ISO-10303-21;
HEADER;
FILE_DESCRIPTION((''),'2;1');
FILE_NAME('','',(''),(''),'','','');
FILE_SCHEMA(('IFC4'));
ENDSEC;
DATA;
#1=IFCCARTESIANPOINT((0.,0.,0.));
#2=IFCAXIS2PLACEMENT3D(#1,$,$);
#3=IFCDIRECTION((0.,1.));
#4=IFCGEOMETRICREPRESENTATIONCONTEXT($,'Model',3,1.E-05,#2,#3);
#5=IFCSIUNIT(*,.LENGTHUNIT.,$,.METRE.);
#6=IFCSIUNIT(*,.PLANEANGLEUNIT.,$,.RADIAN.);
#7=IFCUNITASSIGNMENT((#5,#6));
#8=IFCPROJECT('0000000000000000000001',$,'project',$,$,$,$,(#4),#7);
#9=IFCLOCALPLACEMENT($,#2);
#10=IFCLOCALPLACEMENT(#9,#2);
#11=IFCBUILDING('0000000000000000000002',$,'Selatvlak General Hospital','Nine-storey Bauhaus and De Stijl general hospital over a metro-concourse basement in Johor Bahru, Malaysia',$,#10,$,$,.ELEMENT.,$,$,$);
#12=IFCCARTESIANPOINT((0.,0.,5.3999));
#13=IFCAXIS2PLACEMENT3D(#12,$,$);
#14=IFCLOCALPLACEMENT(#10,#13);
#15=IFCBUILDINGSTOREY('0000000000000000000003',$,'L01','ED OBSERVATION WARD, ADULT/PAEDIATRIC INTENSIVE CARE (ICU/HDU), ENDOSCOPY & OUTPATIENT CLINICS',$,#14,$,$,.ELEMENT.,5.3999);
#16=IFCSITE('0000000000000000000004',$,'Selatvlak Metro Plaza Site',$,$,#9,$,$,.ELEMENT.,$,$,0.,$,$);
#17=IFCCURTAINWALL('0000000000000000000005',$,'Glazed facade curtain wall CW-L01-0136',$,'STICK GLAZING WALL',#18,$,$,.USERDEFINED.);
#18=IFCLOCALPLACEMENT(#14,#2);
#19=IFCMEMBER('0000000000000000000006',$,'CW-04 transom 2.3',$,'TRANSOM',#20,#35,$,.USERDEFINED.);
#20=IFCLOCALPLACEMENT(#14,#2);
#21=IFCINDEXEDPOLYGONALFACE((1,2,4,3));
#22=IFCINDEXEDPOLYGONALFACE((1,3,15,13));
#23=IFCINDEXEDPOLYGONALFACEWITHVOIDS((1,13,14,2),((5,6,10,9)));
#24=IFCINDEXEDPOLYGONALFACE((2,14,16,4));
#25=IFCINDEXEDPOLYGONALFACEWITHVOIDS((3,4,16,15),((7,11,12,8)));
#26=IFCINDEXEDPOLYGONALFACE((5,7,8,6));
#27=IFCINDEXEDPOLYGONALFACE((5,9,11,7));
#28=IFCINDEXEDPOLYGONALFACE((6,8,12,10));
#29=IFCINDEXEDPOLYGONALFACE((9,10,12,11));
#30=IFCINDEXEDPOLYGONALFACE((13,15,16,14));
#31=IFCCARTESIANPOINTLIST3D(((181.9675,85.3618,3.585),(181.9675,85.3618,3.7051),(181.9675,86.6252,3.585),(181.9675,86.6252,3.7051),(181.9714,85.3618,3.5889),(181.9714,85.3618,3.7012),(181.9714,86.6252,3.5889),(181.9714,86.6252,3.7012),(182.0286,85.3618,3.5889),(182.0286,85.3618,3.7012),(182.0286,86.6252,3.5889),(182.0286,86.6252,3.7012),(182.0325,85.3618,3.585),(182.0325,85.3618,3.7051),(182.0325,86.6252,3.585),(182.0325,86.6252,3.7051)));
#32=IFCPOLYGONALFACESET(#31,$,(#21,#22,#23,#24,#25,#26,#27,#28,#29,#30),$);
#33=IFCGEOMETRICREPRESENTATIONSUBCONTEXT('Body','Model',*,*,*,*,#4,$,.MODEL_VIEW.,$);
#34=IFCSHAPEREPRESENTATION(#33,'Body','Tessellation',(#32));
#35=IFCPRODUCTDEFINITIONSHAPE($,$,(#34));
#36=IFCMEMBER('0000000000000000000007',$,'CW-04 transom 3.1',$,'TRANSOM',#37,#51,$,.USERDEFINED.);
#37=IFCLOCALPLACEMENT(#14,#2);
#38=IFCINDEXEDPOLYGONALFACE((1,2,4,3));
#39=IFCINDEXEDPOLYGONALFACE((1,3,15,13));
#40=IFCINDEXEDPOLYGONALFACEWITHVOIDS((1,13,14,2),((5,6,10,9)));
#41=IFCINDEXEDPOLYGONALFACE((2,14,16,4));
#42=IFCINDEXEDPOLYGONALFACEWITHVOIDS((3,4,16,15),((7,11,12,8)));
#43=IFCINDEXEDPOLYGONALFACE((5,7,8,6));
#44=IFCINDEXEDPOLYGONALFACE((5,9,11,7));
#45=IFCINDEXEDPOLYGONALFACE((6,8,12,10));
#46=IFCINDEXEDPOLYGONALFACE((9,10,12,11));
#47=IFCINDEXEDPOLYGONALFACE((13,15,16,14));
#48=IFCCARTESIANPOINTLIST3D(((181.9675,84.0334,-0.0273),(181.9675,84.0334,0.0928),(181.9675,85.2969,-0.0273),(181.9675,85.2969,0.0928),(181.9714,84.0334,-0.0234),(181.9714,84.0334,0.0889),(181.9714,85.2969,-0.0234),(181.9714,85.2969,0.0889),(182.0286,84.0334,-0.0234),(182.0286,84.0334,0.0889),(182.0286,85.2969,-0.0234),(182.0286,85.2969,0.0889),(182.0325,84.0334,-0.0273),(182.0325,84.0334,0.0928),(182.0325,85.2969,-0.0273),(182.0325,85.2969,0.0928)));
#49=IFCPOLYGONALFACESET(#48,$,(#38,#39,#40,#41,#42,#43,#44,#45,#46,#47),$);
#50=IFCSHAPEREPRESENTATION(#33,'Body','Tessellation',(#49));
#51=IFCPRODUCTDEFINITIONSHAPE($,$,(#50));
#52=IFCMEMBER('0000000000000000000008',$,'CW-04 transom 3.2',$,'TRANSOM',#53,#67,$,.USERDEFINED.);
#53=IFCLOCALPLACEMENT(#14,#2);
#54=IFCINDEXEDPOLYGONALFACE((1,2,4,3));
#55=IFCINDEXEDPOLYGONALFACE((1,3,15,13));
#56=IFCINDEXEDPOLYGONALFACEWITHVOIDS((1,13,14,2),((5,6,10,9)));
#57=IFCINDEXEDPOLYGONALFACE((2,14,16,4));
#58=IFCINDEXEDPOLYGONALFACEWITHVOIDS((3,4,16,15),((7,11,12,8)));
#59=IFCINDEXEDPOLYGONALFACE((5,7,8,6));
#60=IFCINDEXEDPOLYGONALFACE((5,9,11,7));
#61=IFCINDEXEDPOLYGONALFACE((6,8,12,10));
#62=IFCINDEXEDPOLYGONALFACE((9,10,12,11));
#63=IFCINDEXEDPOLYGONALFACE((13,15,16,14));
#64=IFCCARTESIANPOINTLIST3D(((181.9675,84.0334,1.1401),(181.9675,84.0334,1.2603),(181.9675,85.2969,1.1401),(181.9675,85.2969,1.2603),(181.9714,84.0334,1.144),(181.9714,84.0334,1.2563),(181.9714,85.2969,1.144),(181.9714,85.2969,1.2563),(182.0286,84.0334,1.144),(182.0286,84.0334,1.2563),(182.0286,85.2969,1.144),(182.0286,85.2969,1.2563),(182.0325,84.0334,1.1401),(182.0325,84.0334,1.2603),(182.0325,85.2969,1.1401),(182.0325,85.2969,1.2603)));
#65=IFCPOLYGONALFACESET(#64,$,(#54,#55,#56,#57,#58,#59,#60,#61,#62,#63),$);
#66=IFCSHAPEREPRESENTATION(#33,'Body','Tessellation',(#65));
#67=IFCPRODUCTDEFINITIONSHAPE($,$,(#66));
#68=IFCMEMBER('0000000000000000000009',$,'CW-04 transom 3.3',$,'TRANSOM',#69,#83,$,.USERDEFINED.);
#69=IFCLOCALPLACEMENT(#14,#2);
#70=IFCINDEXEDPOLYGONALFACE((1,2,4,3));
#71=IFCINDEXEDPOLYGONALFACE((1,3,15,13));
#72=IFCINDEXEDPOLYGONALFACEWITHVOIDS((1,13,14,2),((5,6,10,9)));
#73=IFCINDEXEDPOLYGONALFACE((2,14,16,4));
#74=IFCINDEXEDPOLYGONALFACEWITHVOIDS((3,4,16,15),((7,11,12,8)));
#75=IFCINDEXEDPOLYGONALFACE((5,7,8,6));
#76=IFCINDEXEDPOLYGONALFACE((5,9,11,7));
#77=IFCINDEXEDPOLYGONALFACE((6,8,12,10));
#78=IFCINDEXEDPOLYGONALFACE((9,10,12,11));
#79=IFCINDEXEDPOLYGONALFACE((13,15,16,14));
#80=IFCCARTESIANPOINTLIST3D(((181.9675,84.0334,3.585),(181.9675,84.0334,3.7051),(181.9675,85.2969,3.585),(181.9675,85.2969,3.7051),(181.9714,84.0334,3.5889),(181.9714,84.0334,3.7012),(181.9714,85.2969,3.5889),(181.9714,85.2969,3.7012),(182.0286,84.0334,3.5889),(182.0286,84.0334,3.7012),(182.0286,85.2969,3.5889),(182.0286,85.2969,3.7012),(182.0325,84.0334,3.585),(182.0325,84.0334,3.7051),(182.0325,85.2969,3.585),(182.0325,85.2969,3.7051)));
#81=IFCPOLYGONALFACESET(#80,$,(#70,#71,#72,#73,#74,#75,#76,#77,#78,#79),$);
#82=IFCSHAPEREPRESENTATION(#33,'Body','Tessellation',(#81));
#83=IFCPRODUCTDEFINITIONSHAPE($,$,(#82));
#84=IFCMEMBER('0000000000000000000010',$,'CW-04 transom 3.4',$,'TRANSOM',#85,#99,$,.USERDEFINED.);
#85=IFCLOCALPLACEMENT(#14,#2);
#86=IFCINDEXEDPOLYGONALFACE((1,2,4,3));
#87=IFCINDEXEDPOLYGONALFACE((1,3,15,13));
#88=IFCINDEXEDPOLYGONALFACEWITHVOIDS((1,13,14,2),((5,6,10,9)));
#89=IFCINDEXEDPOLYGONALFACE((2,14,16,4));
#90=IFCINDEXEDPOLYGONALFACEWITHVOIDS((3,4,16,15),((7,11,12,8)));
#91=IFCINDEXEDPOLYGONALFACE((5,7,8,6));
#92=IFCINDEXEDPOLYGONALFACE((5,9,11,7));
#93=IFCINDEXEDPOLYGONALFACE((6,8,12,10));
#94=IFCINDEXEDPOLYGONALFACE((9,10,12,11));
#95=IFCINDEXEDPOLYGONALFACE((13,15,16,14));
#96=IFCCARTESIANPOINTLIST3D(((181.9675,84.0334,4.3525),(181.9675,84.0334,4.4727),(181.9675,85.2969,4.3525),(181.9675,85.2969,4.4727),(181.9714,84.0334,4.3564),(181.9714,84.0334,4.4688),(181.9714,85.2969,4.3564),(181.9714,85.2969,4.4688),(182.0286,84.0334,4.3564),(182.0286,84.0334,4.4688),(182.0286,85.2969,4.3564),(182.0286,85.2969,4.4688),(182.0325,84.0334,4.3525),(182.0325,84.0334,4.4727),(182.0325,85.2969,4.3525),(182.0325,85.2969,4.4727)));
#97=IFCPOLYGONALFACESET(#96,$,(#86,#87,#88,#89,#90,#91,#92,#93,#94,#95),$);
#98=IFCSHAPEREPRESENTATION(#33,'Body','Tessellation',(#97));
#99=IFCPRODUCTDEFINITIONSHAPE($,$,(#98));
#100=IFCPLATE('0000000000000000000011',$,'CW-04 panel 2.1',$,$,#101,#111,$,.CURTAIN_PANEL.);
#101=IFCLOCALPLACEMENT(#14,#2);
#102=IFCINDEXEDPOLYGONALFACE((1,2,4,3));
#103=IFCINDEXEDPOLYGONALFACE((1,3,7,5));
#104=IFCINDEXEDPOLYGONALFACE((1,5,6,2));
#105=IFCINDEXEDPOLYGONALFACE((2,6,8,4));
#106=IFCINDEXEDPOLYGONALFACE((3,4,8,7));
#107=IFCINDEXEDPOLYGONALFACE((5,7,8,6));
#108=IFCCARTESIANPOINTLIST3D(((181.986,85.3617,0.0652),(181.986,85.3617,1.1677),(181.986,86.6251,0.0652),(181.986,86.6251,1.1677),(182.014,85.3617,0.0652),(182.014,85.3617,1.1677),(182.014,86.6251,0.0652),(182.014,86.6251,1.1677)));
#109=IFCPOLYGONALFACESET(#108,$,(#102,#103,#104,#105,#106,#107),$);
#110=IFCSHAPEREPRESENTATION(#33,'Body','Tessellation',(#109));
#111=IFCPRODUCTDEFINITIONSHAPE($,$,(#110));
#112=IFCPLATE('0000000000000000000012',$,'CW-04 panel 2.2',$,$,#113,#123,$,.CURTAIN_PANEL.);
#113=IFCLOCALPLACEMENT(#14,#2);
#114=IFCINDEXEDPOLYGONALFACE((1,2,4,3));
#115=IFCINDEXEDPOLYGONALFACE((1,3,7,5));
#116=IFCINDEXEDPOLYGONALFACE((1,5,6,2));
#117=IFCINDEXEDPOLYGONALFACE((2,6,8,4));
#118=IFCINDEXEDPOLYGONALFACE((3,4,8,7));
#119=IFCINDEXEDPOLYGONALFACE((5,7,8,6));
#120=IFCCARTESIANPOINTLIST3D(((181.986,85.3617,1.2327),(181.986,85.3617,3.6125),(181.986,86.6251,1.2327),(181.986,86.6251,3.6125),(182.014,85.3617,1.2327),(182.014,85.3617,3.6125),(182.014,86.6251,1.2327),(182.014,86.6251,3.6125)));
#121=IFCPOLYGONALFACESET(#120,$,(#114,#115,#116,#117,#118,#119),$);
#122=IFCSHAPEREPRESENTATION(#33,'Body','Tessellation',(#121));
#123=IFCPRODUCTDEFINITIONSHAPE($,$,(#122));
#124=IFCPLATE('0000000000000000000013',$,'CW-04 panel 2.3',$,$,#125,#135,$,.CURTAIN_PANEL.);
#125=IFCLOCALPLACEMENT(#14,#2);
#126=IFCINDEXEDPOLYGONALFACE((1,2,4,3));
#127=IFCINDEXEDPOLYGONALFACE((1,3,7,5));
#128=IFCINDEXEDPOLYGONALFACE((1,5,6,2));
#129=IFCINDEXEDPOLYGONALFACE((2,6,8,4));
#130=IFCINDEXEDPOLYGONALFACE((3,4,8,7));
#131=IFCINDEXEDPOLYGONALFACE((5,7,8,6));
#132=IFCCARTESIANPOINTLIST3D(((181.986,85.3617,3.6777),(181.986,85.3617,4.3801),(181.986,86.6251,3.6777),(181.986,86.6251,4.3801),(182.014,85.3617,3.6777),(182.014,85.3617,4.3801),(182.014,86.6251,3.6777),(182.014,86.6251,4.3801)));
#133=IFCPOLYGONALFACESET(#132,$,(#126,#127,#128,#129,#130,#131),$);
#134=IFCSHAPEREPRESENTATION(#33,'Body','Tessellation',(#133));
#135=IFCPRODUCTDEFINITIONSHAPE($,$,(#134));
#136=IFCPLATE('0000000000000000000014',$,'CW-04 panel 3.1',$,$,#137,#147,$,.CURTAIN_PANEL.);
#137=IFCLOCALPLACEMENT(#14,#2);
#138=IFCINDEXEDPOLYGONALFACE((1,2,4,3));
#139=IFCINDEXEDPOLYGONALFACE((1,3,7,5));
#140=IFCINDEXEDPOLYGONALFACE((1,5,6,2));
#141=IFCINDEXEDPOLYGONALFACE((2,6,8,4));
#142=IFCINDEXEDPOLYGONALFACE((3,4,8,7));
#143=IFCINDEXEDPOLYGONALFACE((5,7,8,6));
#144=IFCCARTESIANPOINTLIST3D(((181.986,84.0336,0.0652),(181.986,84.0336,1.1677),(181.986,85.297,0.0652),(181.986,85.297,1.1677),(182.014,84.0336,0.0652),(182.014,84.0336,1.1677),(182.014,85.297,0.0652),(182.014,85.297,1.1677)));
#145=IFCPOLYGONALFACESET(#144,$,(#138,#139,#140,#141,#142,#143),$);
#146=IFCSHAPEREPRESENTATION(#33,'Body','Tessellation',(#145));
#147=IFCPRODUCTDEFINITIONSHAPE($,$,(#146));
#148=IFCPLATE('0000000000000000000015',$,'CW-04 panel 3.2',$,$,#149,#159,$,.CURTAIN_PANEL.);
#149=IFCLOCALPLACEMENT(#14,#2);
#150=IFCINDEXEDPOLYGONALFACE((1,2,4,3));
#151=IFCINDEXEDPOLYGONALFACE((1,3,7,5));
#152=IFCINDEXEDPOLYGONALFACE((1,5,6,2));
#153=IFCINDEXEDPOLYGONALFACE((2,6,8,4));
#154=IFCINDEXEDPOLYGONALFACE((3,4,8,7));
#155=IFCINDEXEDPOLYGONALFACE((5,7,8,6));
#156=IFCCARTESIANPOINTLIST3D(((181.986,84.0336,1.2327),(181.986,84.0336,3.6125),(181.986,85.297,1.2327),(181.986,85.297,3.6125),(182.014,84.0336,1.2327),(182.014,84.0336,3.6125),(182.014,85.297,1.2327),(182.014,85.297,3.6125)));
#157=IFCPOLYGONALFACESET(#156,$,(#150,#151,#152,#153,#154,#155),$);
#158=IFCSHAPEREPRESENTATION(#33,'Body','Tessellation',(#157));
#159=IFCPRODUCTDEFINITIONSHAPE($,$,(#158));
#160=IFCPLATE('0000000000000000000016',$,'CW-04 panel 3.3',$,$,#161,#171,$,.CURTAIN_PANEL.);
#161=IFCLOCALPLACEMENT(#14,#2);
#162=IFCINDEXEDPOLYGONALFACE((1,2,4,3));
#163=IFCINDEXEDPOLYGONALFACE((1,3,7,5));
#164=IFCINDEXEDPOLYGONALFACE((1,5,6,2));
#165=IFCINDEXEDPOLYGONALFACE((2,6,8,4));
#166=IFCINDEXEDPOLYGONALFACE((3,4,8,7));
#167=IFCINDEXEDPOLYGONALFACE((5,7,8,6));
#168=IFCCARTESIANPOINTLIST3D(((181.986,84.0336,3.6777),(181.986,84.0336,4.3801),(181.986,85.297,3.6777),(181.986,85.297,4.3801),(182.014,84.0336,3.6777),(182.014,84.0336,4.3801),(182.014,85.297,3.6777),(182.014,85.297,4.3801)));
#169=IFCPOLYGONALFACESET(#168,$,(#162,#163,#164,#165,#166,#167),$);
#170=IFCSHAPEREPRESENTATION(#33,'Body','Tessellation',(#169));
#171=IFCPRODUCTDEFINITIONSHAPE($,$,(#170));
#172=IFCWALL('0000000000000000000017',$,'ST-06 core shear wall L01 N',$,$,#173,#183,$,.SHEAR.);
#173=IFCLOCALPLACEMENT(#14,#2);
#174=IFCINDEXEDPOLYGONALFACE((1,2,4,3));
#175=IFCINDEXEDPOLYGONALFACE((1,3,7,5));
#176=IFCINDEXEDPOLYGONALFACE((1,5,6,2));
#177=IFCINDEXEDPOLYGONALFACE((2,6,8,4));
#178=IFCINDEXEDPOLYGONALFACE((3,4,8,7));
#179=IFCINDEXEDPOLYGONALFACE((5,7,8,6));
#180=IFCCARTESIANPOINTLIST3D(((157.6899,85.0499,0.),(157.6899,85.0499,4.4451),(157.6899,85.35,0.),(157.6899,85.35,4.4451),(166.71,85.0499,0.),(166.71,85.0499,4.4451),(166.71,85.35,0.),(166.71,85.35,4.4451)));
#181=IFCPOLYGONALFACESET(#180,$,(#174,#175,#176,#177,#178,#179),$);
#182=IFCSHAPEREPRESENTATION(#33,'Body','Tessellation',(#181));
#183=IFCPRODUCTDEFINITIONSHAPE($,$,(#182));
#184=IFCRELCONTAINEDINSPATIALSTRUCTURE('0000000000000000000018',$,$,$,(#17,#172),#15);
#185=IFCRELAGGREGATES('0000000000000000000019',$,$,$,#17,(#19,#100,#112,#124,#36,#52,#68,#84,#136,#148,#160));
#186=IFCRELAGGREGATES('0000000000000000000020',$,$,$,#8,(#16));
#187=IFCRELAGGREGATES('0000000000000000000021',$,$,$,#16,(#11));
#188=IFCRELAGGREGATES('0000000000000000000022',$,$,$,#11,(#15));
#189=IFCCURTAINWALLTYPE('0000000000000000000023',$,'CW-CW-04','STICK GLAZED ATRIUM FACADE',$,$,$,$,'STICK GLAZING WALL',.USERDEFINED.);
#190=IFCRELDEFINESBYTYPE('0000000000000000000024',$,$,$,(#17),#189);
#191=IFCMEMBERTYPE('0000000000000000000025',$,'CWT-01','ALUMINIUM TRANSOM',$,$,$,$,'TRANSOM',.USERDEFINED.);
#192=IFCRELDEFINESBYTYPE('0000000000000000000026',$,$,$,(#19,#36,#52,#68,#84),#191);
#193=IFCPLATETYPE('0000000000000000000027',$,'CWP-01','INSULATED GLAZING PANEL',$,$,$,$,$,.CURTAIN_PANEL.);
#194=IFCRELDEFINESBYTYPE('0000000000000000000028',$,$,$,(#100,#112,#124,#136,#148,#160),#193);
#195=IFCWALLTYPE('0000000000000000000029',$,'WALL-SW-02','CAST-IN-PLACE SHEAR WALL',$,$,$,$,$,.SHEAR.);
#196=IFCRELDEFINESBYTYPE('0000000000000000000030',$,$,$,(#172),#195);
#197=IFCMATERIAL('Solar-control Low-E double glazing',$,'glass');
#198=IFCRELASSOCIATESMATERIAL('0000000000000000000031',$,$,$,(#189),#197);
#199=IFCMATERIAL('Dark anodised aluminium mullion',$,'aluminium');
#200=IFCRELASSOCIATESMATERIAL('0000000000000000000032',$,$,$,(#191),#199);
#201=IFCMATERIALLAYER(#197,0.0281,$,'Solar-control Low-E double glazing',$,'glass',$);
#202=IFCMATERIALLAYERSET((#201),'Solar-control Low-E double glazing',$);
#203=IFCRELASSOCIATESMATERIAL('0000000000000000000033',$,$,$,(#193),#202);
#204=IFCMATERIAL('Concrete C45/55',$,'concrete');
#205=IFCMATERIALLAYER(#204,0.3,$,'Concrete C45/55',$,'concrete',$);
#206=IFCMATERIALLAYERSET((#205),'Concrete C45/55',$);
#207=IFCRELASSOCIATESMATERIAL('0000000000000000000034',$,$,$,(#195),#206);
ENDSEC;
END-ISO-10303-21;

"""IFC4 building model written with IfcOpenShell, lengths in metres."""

from ifc_helpers import new_model, si_unit, direction, frame, frame_2d, origin, origin_2d, place, context, subcontext, project, spatial, rectangle, hollow_rectangle, extrude, material, layer, layer_set, material_profile, profile_set, type_object, element, aggregate, save


model = new_model("IFC4")

# Units and contexts
model_context = context("Model", 3, precision=1e-05, world=origin(), true_north=direction((0.0, 1.0)))
body_context = subcontext(model_context, "Body", "Model", "MODEL_VIEW")
ifc_project = project(units=[si_unit("LENGTHUNIT", "METRE"), si_unit("PLANEANGLEUNIT", "RADIAN")], contexts=[model_context])

# Site, building, storey
site_placement = place(None, origin())
site = spatial("IfcSite", under=ifc_project, at=site_placement, Name="Selatvlak Metro Plaza Site", CompositionType="ELEMENT", RefElevation=0.0)
building_placement = place(site_placement, origin())
building = spatial("IfcBuilding", under=site, at=building_placement, Name="Selatvlak General Hospital", Description="Nine-storey Bauhaus and De Stijl general hospital over a metro-concourse basement in Johor Bahru, Malaysia", CompositionType="ELEMENT")
storey_placement = place(building_placement, frame((0.0, 0.0, 5.3999)))
storey = spatial("IfcBuildingStorey", under=building, at=storey_placement, Name="L01", Description="ED OBSERVATION WARD, ADULT/PAEDIATRIC INTENSIVE CARE (ICU/HDU), ENDOSCOPY & OUTPATIENT CLINICS", CompositionType="ELEMENT", Elevation=5.3999)

# Curtain wall, members, plates
ifc_material_1 = material(Name="Solar-control Low-E double glazing", Category="glass")
curtain_wall_type = type_object("IfcCurtainWallType", Name="CW-CW-04", Description="STICK GLAZED ATRIUM FACADE", ElementType="STICK GLAZING WALL", PredefinedType="USERDEFINED", material=ifc_material_1)
curtain_wall_placement = place(storey_placement, origin())
curtain_wall = element("IfcCurtainWall", 1, at=curtain_wall_placement, inside=storey, type_object=curtain_wall_type, Name="Glazed facade curtain wall CW-L01-0136", ObjectType="STICK GLAZING WALL", PredefinedType="USERDEFINED")
ifc_material_2 = material(Name="Dark anodised aluminium mullion", Category="aluminium")
ifc_material_profile_1 = material_profile(ifc_material_2, hollow_rectangle(XDim=0.0649, YDim=0.1201, WallThickness=0.0039, at=origin_2d()), Name="AL-TRN 65x120x4")
ifc_profile_set_1 = profile_set([ifc_material_profile_1], Name="Dark anodised aluminium mullion")
member_type_1 = type_object("IfcMemberType", Name="CWT-01", Description="ALUMINIUM TRANSOM", ElementType="TRANSOM", PredefinedType="USERDEFINED", material=ifc_profile_set_1)
member_1_placement = place(storey_placement, frame((182.0, 86.6252, 3.645), z_axis=(0.0, -1.0, 0.0), x_axis=(1.0, 0.0, 0.0)))
member_1 = element("IfcMember", 2, at=member_1_placement, type_object=member_type_1, Name="CW-04 transom 2.3", ObjectType="TRANSOM", PredefinedType="USERDEFINED", context=body_context, shape_type="SweptSolid", body=[
    extrude(hollow_rectangle(XDim=0.0649, YDim=0.1201, WallThickness=0.0039, at=origin_2d()), origin(), (0.0, 0.0, 1.0), 1.2634),
])
member_2_placement = place(storey_placement, frame((182.0, 85.2969, 0.0327), z_axis=(0.0, -1.0, 0.0), x_axis=(1.0, 0.0, 0.0)))
member_2 = element("IfcMember", 3, at=member_2_placement, type_object=member_type_1, Name="CW-04 transom 3.1", ObjectType="TRANSOM", PredefinedType="USERDEFINED", context=body_context, shape_type="SweptSolid", body=[
    extrude(hollow_rectangle(XDim=0.0649, YDim=0.1201, WallThickness=0.0039, at=origin_2d()), origin(), (0.0, 0.0, 1.0), 1.2634),
])
member_3_placement = place(storey_placement, frame((182.0, 85.2969, 1.2002), z_axis=(0.0, -1.0, 0.0), x_axis=(1.0, 0.0, 0.0)))
member_3 = element("IfcMember", 4, at=member_3_placement, type_object=member_type_1, Name="CW-04 transom 3.2", ObjectType="TRANSOM", PredefinedType="USERDEFINED", context=body_context, shape_type="SweptSolid", body=[
    extrude(hollow_rectangle(XDim=0.0649, YDim=0.1201, WallThickness=0.0039, at=origin_2d()), origin(), (0.0, 0.0, 1.0), 1.2634),
])
member_4_placement = place(storey_placement, frame((182.0, 85.2969, 3.645), z_axis=(0.0, -1.0, 0.0), x_axis=(1.0, 0.0, 0.0)))
member_4 = element("IfcMember", 5, at=member_4_placement, type_object=member_type_1, Name="CW-04 transom 3.3", ObjectType="TRANSOM", PredefinedType="USERDEFINED", context=body_context, shape_type="SweptSolid", body=[
    extrude(hollow_rectangle(XDim=0.0649, YDim=0.1201, WallThickness=0.0039, at=origin_2d()), origin(), (0.0, 0.0, 1.0), 1.2634),
])
member_5_placement = place(storey_placement, frame((182.0, 85.2969, 4.4126), z_axis=(0.0, -1.0, 0.0), x_axis=(1.0, 0.0, 0.0)))
member_5 = element("IfcMember", 6, at=member_5_placement, type_object=member_type_1, Name="CW-04 transom 3.4", ObjectType="TRANSOM", PredefinedType="USERDEFINED", context=body_context, shape_type="SweptSolid", body=[
    extrude(hollow_rectangle(XDim=0.0649, YDim=0.1201, WallThickness=0.0039, at=origin_2d()), origin(), (0.0, 0.0, 1.0), 1.2634),
])
ifc_layer_1 = layer(ifc_material_1, 0.0281, Name="Solar-control Low-E double glazing", Category="glass")
ifc_layer_set_1 = layer_set([ifc_layer_1], Name="Solar-control Low-E double glazing")
plate_type = type_object("IfcPlateType", Name="CWP-01", Description="INSULATED GLAZING PANEL", PredefinedType="CURTAIN_PANEL", material=ifc_layer_set_1)
plate_1_placement = place(storey_placement, frame((182.0, 85.9934, 0.0652), z_axis=(0.0, 0.0, 1.0), x_axis=(0.0, -1.0, 0.0)))
plate_1 = element("IfcPlate", 7, at=plate_1_placement, type_object=plate_type, Name="CW-04 panel 2.1", PredefinedType="CURTAIN_PANEL", context=body_context, shape_type="SweptSolid", body=[
    extrude(rectangle(XDim=1.2634, YDim=0.0281, at=origin_2d()), origin(), (0.0, 0.0, 1.0), 1.1025),
])
plate_2_placement = place(storey_placement, frame((182.0, 85.9934, 1.2327), z_axis=(0.0, 0.0, 1.0), x_axis=(0.0, -1.0, 0.0)))
plate_2 = element("IfcPlate", 8, at=plate_2_placement, type_object=plate_type, Name="CW-04 panel 2.2", PredefinedType="CURTAIN_PANEL", context=body_context, shape_type="SweptSolid", body=[
    extrude(rectangle(XDim=1.2634, YDim=0.0281, at=origin_2d()), origin(), (0.0, 0.0, 1.0), 2.3799),
])
plate_3_placement = place(storey_placement, frame((182.0, 85.9934, 3.6777), z_axis=(0.0, 0.0, 1.0), x_axis=(0.0, -1.0, 0.0)))
plate_3 = element("IfcPlate", 9, at=plate_3_placement, type_object=plate_type, Name="CW-04 panel 2.3", PredefinedType="CURTAIN_PANEL", context=body_context, shape_type="SweptSolid", body=[
    extrude(rectangle(XDim=1.2634, YDim=0.0281, at=origin_2d()), origin(), (0.0, 0.0, 1.0), 0.7024),
])
plate_4_placement = place(storey_placement, frame((182.0, 84.6653, 0.0652), z_axis=(0.0, 0.0, 1.0), x_axis=(0.0, -1.0, 0.0)))
plate_4 = element("IfcPlate", 10, at=plate_4_placement, type_object=plate_type, Name="CW-04 panel 3.1", PredefinedType="CURTAIN_PANEL", context=body_context, shape_type="SweptSolid", body=[
    extrude(rectangle(XDim=1.2634, YDim=0.0281, at=origin_2d()), origin(), (0.0, 0.0, 1.0), 1.1025),
])
plate_5_placement = place(storey_placement, frame((182.0, 84.6653, 1.2327), z_axis=(0.0, 0.0, 1.0), x_axis=(0.0, -1.0, 0.0)))
plate_5 = element("IfcPlate", 11, at=plate_5_placement, type_object=plate_type, Name="CW-04 panel 3.2", PredefinedType="CURTAIN_PANEL", context=body_context, shape_type="SweptSolid", body=[
    extrude(rectangle(XDim=1.2634, YDim=0.0281, at=origin_2d()), origin(), (0.0, 0.0, 1.0), 2.3799),
])
plate_6_placement = place(storey_placement, frame((182.0, 84.6653, 3.6777), z_axis=(0.0, 0.0, 1.0), x_axis=(0.0, -1.0, 0.0)))
plate_6 = element("IfcPlate", 12, at=plate_6_placement, type_object=plate_type, Name="CW-04 panel 3.3", PredefinedType="CURTAIN_PANEL", context=body_context, shape_type="SweptSolid", body=[
    extrude(rectangle(XDim=1.2634, YDim=0.0281, at=origin_2d()), origin(), (0.0, 0.0, 1.0), 0.7024),
])
aggregate(curtain_wall, [member_1, plate_1, plate_2, plate_3, member_2, member_3, member_4, member_5, plate_4, plate_5, plate_6])

# Wall
ifc_material_3 = material(Name="Concrete C45/55", Category="concrete")
ifc_layer_2 = layer(ifc_material_3, 0.3, Name="Concrete C45/55", Category="concrete")
ifc_layer_set_2 = layer_set([ifc_layer_2], Name="Concrete C45/55")
wall_type = type_object("IfcWallType", Name="WALL-SW-02", Description="CAST-IN-PLACE SHEAR WALL", PredefinedType="SHEAR", material=ifc_layer_set_2)
wall_placement = place(storey_placement, frame((166.71, 85.2, 0.0), z_axis=(0.0, 0.0, 1.0), x_axis=(-1.0, 0.0, 0.0)))
element("IfcWall", 13, at=wall_placement, inside=storey, type_object=wall_type, Name="ST-06 core shear wall L01 N", PredefinedType="SHEAR", context=body_context, shape_type="SweptSolid", body=[
    extrude(rectangle(XDim=9.02, YDim=0.3, at=frame_2d((4.51, 0.0))), origin(), (0.0, 0.0, 1.0), 4.4451),
])

save(model, "model.ifc")
